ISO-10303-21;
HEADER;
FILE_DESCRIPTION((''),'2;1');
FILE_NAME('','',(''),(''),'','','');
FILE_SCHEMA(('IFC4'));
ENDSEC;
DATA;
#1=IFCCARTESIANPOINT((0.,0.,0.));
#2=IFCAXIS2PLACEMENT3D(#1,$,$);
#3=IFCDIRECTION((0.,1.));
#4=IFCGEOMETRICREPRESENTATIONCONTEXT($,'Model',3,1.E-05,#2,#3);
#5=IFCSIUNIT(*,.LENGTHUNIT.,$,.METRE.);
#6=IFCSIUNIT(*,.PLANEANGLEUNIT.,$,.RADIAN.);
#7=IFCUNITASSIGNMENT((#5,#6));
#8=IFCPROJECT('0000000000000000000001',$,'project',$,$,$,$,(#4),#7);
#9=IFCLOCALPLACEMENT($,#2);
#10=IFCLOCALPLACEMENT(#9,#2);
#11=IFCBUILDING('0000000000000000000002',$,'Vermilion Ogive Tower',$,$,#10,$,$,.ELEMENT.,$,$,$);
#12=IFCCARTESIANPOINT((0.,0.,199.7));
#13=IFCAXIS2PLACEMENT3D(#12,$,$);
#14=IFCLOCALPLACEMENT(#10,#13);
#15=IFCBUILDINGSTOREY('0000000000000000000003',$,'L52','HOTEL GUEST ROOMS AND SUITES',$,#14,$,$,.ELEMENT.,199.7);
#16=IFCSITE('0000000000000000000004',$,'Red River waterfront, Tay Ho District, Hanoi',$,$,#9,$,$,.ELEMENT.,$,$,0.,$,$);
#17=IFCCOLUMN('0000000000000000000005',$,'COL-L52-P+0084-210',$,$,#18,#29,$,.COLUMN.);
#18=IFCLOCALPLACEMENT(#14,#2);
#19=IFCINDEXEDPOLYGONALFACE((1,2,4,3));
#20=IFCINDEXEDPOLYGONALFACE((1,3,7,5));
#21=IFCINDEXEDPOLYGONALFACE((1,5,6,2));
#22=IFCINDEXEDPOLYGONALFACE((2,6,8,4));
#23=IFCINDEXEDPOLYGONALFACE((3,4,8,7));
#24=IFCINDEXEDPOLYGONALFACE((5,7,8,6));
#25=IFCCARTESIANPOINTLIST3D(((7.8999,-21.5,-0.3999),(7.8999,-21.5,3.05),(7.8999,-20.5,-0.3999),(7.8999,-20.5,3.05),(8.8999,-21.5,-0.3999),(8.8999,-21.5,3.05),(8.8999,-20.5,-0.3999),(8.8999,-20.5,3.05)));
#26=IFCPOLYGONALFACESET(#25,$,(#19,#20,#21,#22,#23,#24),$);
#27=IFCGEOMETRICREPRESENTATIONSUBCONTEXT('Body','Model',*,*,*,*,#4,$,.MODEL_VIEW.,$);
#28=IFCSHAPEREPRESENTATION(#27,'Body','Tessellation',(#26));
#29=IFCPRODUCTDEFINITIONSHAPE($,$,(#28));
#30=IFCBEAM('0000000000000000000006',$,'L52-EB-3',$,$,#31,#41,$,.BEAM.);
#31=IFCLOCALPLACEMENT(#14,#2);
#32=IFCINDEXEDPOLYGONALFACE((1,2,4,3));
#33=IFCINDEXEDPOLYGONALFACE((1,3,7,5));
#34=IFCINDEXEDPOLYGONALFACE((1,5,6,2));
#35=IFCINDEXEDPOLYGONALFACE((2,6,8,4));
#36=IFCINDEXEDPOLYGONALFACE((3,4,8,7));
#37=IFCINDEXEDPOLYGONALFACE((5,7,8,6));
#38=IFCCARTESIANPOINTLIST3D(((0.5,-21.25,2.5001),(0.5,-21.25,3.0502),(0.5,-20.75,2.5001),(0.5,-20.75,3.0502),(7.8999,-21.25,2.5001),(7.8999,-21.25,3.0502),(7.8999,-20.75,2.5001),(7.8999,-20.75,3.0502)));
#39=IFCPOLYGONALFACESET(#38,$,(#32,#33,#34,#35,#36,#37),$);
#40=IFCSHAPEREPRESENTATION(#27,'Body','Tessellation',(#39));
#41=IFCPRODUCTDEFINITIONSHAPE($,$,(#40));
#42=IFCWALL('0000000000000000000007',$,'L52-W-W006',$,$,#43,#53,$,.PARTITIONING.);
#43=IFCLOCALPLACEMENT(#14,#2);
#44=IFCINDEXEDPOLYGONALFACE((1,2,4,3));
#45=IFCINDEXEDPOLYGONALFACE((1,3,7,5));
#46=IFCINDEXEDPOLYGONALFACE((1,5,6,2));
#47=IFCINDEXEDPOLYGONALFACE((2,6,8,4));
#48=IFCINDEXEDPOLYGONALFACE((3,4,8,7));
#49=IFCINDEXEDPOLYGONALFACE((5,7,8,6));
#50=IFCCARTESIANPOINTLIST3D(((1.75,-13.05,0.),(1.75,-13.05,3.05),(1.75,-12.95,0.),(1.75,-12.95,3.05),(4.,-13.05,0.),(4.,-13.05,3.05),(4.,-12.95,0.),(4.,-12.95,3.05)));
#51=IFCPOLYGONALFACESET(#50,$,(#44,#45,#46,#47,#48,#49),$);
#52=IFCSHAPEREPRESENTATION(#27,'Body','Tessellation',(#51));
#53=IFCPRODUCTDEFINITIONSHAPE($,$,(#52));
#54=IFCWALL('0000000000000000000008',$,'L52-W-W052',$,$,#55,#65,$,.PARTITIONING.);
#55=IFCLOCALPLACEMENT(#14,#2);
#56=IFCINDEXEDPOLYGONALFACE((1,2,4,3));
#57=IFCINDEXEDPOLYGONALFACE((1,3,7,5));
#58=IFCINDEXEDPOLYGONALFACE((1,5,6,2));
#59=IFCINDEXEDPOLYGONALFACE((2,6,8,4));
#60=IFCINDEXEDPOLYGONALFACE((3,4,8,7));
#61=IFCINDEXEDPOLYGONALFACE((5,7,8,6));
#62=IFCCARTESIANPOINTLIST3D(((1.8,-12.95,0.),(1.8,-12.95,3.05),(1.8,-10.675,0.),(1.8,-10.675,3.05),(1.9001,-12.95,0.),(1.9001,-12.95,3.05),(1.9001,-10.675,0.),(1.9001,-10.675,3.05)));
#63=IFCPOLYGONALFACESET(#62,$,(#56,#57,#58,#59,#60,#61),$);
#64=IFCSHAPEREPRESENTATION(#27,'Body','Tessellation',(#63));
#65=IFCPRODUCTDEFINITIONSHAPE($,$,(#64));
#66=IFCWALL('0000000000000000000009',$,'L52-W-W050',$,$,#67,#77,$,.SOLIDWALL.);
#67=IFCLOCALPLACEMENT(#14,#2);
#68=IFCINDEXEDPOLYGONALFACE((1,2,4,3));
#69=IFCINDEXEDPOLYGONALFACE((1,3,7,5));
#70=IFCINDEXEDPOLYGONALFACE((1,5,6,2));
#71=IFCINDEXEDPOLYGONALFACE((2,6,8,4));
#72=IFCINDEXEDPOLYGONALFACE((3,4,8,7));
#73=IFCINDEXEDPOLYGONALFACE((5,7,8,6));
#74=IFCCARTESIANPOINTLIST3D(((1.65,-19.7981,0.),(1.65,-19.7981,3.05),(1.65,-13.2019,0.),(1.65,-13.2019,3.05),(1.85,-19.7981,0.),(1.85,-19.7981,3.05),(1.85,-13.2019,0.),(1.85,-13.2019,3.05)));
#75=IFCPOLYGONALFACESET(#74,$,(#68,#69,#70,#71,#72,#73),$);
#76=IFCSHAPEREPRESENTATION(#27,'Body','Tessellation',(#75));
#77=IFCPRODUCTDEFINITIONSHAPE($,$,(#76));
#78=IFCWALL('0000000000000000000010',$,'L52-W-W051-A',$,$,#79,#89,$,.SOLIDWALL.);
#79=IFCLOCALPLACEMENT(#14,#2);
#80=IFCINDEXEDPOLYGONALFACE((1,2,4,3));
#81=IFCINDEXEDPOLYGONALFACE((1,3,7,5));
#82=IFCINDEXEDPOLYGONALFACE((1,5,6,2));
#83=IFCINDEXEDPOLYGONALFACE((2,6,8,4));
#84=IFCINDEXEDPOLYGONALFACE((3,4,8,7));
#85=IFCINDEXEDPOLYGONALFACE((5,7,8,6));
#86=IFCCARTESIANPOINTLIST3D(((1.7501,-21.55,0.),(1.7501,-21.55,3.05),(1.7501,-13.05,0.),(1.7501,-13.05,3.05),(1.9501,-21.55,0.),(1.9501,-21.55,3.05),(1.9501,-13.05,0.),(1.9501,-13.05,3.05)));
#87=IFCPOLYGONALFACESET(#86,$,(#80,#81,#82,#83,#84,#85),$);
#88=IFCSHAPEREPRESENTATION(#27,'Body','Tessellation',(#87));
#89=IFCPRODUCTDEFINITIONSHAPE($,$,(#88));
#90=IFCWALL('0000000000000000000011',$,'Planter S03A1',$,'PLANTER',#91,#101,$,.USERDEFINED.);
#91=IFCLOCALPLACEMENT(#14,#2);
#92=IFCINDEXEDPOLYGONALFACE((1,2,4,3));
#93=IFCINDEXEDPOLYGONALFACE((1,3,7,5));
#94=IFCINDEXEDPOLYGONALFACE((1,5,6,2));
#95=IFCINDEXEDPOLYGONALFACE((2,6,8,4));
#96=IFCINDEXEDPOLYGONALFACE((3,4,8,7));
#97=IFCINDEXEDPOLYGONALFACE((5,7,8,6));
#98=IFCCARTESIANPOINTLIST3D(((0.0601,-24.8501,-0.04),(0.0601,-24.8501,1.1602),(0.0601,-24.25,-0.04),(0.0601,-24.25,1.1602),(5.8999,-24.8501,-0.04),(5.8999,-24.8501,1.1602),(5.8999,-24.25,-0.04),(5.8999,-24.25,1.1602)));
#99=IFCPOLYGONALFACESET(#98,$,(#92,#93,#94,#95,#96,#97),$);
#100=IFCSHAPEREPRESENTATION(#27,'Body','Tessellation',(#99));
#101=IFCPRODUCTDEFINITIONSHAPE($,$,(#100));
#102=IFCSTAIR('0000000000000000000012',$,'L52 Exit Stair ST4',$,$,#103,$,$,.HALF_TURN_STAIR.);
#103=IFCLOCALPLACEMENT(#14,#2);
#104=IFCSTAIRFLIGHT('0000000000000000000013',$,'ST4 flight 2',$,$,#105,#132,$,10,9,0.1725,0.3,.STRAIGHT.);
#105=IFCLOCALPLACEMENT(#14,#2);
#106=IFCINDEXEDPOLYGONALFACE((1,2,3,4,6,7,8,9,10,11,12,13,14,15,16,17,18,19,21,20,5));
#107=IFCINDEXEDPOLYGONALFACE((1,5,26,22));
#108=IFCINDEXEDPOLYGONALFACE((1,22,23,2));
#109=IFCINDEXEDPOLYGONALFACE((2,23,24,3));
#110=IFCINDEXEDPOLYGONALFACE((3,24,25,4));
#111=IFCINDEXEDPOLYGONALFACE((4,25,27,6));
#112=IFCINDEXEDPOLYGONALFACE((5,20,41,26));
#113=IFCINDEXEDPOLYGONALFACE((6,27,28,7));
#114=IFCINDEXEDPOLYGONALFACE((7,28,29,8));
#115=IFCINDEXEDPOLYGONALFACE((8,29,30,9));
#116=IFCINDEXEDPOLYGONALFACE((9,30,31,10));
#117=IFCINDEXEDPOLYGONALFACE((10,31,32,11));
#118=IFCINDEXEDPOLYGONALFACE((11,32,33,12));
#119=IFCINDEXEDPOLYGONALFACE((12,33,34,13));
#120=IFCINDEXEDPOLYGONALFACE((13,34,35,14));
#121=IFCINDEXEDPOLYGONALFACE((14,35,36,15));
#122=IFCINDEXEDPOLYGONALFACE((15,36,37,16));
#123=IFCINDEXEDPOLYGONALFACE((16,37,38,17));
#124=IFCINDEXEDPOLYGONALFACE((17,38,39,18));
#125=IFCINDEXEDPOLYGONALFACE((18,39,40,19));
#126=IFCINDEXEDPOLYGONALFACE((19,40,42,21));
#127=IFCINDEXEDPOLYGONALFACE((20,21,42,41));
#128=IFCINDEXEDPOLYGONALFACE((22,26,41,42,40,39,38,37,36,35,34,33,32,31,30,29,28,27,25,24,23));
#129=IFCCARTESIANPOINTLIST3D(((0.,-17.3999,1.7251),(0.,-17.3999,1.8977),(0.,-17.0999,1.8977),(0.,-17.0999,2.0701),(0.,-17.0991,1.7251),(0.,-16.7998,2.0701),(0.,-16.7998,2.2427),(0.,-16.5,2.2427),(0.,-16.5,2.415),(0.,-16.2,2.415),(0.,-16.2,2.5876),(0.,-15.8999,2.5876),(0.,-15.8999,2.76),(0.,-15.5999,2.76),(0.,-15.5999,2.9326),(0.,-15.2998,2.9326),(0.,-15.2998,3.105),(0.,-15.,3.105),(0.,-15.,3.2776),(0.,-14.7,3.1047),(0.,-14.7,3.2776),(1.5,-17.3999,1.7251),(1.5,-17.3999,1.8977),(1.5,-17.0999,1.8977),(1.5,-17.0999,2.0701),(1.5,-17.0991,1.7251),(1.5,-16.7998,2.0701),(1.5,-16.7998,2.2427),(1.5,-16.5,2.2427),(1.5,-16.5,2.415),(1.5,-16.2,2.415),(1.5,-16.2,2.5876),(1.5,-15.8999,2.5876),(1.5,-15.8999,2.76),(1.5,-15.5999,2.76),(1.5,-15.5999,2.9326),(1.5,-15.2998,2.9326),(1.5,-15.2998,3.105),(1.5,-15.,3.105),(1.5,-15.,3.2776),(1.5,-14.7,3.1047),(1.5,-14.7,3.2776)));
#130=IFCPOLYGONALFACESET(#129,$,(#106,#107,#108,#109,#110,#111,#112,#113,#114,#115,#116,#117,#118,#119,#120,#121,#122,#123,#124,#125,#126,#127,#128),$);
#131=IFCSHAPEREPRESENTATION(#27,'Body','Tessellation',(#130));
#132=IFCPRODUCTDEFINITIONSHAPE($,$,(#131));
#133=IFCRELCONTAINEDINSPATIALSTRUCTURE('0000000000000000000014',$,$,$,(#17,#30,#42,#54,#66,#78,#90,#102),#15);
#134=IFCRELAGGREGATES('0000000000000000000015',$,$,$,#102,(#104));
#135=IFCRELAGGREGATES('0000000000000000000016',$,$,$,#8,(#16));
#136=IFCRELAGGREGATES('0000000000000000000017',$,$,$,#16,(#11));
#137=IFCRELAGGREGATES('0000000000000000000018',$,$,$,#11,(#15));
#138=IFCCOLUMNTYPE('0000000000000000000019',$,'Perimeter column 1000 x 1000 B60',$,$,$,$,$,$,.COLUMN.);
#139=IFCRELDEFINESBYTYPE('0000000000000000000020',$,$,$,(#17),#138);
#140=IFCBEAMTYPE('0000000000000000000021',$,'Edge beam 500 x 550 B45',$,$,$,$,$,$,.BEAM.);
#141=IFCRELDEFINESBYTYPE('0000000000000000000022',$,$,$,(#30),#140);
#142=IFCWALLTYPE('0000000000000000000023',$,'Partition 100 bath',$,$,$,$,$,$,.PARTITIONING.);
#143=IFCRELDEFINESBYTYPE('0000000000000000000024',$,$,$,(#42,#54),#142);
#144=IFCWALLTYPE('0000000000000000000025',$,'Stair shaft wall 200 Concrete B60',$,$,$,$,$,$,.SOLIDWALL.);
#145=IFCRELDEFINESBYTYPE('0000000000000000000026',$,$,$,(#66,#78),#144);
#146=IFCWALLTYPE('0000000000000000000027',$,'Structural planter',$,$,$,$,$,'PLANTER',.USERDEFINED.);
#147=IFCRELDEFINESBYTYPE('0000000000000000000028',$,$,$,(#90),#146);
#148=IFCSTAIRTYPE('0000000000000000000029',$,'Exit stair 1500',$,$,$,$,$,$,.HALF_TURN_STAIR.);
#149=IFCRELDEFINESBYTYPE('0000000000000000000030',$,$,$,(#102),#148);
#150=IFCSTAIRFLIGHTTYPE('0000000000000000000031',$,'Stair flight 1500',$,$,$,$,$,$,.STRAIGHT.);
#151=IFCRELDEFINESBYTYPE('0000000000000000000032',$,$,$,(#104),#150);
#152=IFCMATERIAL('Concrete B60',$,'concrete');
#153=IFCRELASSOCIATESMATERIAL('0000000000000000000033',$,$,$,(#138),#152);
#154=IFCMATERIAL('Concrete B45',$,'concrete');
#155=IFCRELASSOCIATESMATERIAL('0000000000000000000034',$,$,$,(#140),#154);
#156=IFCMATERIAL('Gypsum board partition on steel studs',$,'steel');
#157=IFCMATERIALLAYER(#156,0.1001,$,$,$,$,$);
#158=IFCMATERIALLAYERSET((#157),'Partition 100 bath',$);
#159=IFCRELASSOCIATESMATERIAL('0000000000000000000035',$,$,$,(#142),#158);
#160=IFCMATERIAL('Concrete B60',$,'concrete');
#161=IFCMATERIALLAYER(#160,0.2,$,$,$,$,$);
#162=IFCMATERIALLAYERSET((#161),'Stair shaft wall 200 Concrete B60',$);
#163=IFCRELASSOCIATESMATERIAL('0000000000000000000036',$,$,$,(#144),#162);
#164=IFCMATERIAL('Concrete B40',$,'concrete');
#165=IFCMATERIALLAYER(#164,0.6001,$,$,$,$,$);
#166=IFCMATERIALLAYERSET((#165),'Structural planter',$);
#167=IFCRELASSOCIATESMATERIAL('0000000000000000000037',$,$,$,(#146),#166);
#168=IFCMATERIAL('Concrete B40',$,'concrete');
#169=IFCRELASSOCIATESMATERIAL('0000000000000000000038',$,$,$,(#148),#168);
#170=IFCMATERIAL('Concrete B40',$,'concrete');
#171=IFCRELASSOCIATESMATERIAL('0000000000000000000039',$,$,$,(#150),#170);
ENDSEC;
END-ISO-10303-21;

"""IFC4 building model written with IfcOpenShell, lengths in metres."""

from ifc_helpers import new_model, si_unit, direction, frame, frame_2d, origin, origin_2d, place, context, subcontext, project, spatial, polyline, rectangle, outline, extrude, material, layer, layer_set, material_profile, profile_set, type_object, element, aggregate, save


model = new_model("IFC4")

# Units and contexts
model_context = context("Model", 3, precision=1e-05, world=origin(), true_north=direction((0.0, 1.0)))
body_context = subcontext(model_context, "Body", "Model", "MODEL_VIEW")
ifc_project = project(units=[si_unit("LENGTHUNIT", "METRE"), si_unit("PLANEANGLEUNIT", "RADIAN")], contexts=[model_context])

# Site, building, storey
site_placement = place(None, origin())
site = spatial("IfcSite", under=ifc_project, at=site_placement, Name="Red River waterfront, Tay Ho District, Hanoi", CompositionType="ELEMENT", RefElevation=0.0)
building_placement = place(site_placement, origin())
building = spatial("IfcBuilding", under=site, at=building_placement, Name="Vermilion Ogive Tower", CompositionType="ELEMENT")
storey_placement = place(building_placement, frame((0.0, 0.0, 199.7)))
storey = spatial("IfcBuildingStorey", under=building, at=storey_placement, Name="L52", Description="HOTEL GUEST ROOMS AND SUITES", CompositionType="ELEMENT", Elevation=199.7)

# Column
ifc_material_1 = material(Name="Concrete B60", Category="concrete")
ifc_material_profile_1 = material_profile(ifc_material_1, rectangle(XDim=1.0, YDim=1.0, at=origin_2d()), Name="1000 x 1000")
ifc_profile_set_1 = profile_set([ifc_material_profile_1], Name="Concrete B60")
column_type = type_object("IfcColumnType", Name="Perimeter column 1000 x 1000 B60", PredefinedType="COLUMN", material=ifc_profile_set_1)
column_placement = place(storey_placement, frame((8.3999, -21.0, -0.3999), z_axis=(0.0, 0.0, 1.0), x_axis=(1.0, 0.0, 0.0)))
element("IfcColumn", 1, at=column_placement, inside=storey, type_object=column_type, Name="COL-L52-P+0084-210", PredefinedType="COLUMN", context=body_context, shape_type="SweptSolid", body=[
    extrude(rectangle(XDim=1.0, YDim=1.0, at=origin_2d()), origin(), (0.0, 0.0, 1.0), 3.45),
])

# Beam
ifc_material_2 = material(Name="Concrete B45", Category="concrete")
ifc_material_profile_2 = material_profile(ifc_material_2, rectangle(XDim=0.5, YDim=0.55, at=origin_2d()), Name="500 x 550")
ifc_profile_set_2 = profile_set([ifc_material_profile_2], Name="Concrete B45")
beam_type = type_object("IfcBeamType", Name="Edge beam 500 x 550 B45", PredefinedType="BEAM", material=ifc_profile_set_2)
beam_placement = place(storey_placement, frame((0.5, -21.0, 2.7751), z_axis=(1.0, 0.0, 0.0), x_axis=(0.0, 1.0, 0.0)))
element("IfcBeam", 2, at=beam_placement, inside=storey, type_object=beam_type, Name="L52-EB-3", PredefinedType="BEAM", context=body_context, shape_type="SweptSolid", body=[
    extrude(rectangle(XDim=0.5, YDim=0.55, at=origin_2d()), origin(), (0.0, 0.0, 1.0), 7.3999),
])

# Walls
ifc_material_3 = material(Name="Gypsum board partition on steel studs", Category="steel")
ifc_layer_1 = layer(ifc_material_3, 0.1001)
ifc_layer_set_1 = layer_set([ifc_layer_1], Name="Partition 100 bath")
wall_type_1 = type_object("IfcWallType", Name="Partition 100 bath", PredefinedType="PARTITIONING", material=ifc_layer_set_1)
wall_1_placement = place(storey_placement, frame((1.75, -13.0, 0.0), z_axis=(0.0, 0.0, 1.0), x_axis=(1.0, 0.0, 0.0)))
element("IfcWall", 3, at=wall_1_placement, inside=storey, type_object=wall_type_1, Name="L52-W-W006", PredefinedType="PARTITIONING", context=body_context, shape_type="SweptSolid", body=[
    extrude(rectangle(XDim=2.25, YDim=0.1001, at=frame_2d((1.125, 0.0))), origin(), (0.0, 0.0, 1.0), 3.05),
])
wall_2_placement = place(storey_placement, frame((1.8501, -12.95, 0.0), z_axis=(0.0, 0.0, 1.0), x_axis=(0.0, 1.0, 0.0)))
element("IfcWall", 4, at=wall_2_placement, inside=storey, type_object=wall_type_1, Name="L52-W-W052", PredefinedType="PARTITIONING", context=body_context, shape_type="SweptSolid", body=[
    extrude(rectangle(XDim=2.2749, YDim=0.1001, at=frame_2d((1.1375, 0.0))), origin(), (0.0, 0.0, 1.0), 3.05),
])
ifc_material_4 = material(Name="Concrete B60", Category="concrete")
ifc_layer_2 = layer(ifc_material_4, 0.2)
ifc_layer_set_2 = layer_set([ifc_layer_2], Name="Stair shaft wall 200 Concrete B60")
wall_type_2 = type_object("IfcWallType", Name="Stair shaft wall 200 Concrete B60", PredefinedType="SOLIDWALL", material=ifc_layer_set_2)
wall_3_placement = place(storey_placement, frame((1.75, -19.7981, 0.0), z_axis=(0.0, 0.0, 1.0), x_axis=(0.0, 1.0, 0.0)))
element("IfcWall", 5, at=wall_3_placement, inside=storey, type_object=wall_type_2, Name="L52-W-W050", PredefinedType="SOLIDWALL", context=body_context, shape_type="SweptSolid", body=[
    extrude(rectangle(XDim=6.5962, YDim=0.2, at=frame_2d((3.2981, 0.0))), origin(), (0.0, 0.0, 1.0), 3.05),
])
wall_4_placement = place(storey_placement, frame((1.8501, -21.55, 0.0), z_axis=(0.0, 0.0, 1.0), x_axis=(0.0, 1.0, 0.0)))
element("IfcWall", 6, at=wall_4_placement, inside=storey, type_object=wall_type_2, Name="L52-W-W051-A", PredefinedType="SOLIDWALL", context=body_context, shape_type="SweptSolid", body=[
    extrude(rectangle(XDim=8.5, YDim=0.2, at=frame_2d((4.25, 0.0))), origin(), (0.0, 0.0, 1.0), 3.05),
])
ifc_material_5 = material(Name="Concrete B40", Category="concrete")
ifc_layer_3 = layer(ifc_material_5, 0.6001)
ifc_layer_set_3 = layer_set([ifc_layer_3], Name="Structural planter")
wall_type_3 = type_object("IfcWallType", Name="Structural planter", ElementType="PLANTER", PredefinedType="USERDEFINED", material=ifc_layer_set_3)
wall_5_placement = place(storey_placement, frame((0.0601, -24.55, -0.04), z_axis=(0.0, 0.0, 1.0), x_axis=(1.0, 0.0, 0.0)))
element("IfcWall", 7, at=wall_5_placement, inside=storey, type_object=wall_type_3, Name="Planter S03A1", ObjectType="PLANTER", PredefinedType="USERDEFINED", context=body_context, shape_type="SweptSolid", body=[
    extrude(rectangle(XDim=5.8398, YDim=0.6001, at=frame_2d((2.9199, 0.0))), origin(), (0.0, 0.0, 1.0), 1.2002),
])

# Stair, stair flight
ifc_material_6 = material(Name="Concrete B40", Category="concrete")
stair_type = type_object("IfcStairType", Name="Exit stair 1500", PredefinedType="HALF_TURN_STAIR", material=ifc_material_6)
stair_placement = place(storey_placement, origin())
stair = element("IfcStair", 8, at=stair_placement, inside=storey, type_object=stair_type, Name="L52 Exit Stair ST4", PredefinedType="HALF_TURN_STAIR")
ifc_material_7 = material(Name="Concrete B40", Category="concrete")
stair_flight_type = type_object("IfcStairFlightType", Name="Stair flight 1500", PredefinedType="STRAIGHT", material=ifc_material_7)
stair_flight_placement = place(storey_placement, frame((0.75, -17.3999, 1.7251), z_axis=(0.0, 0.0, 1.0), x_axis=(0.0, 1.0, 0.0)))
stair_flight = element("IfcStairFlight", 9, at=stair_flight_placement, type_object=stair_flight_type, Name="ST4 flight 2", NumberOfRisers=10, NumberOfTreads=9, PredefinedType="STRAIGHT", RiserHeight=0.1725, TreadLength=0.3, context=body_context, shape_type="SweptSolid", body=[
    extrude(outline(polyline([(0.0, 0.0), (0.0, 0.1726), (0.3, 0.1726), (0.3, 0.345), (0.6001, 0.345), (0.6001, 0.5176), (0.8999, 0.5176), (0.8999, 0.6899), (1.2, 0.6899), (1.2, 0.8625), (1.5, 0.8625), (1.5, 1.0349), (1.8, 1.0349), (1.8, 1.2075), (2.1001, 1.2075), (2.1001, 1.3799), (2.3999, 1.3799), (2.3999, 1.5525), (2.7, 1.5525), (2.7, 1.7251), (2.7, 1.3796), (0.3008, 0.0), (0.0, 0.0)])), frame((0.0, 0.75, 0.0), z_axis=(0.0, -1.0, 0.0), x_axis=(1.0, 0.0, 0.0)), (0.0, 0.0, 1.0), 1.5),
])
aggregate(stair, [stair_flight])

save(model, "model.ifc")
